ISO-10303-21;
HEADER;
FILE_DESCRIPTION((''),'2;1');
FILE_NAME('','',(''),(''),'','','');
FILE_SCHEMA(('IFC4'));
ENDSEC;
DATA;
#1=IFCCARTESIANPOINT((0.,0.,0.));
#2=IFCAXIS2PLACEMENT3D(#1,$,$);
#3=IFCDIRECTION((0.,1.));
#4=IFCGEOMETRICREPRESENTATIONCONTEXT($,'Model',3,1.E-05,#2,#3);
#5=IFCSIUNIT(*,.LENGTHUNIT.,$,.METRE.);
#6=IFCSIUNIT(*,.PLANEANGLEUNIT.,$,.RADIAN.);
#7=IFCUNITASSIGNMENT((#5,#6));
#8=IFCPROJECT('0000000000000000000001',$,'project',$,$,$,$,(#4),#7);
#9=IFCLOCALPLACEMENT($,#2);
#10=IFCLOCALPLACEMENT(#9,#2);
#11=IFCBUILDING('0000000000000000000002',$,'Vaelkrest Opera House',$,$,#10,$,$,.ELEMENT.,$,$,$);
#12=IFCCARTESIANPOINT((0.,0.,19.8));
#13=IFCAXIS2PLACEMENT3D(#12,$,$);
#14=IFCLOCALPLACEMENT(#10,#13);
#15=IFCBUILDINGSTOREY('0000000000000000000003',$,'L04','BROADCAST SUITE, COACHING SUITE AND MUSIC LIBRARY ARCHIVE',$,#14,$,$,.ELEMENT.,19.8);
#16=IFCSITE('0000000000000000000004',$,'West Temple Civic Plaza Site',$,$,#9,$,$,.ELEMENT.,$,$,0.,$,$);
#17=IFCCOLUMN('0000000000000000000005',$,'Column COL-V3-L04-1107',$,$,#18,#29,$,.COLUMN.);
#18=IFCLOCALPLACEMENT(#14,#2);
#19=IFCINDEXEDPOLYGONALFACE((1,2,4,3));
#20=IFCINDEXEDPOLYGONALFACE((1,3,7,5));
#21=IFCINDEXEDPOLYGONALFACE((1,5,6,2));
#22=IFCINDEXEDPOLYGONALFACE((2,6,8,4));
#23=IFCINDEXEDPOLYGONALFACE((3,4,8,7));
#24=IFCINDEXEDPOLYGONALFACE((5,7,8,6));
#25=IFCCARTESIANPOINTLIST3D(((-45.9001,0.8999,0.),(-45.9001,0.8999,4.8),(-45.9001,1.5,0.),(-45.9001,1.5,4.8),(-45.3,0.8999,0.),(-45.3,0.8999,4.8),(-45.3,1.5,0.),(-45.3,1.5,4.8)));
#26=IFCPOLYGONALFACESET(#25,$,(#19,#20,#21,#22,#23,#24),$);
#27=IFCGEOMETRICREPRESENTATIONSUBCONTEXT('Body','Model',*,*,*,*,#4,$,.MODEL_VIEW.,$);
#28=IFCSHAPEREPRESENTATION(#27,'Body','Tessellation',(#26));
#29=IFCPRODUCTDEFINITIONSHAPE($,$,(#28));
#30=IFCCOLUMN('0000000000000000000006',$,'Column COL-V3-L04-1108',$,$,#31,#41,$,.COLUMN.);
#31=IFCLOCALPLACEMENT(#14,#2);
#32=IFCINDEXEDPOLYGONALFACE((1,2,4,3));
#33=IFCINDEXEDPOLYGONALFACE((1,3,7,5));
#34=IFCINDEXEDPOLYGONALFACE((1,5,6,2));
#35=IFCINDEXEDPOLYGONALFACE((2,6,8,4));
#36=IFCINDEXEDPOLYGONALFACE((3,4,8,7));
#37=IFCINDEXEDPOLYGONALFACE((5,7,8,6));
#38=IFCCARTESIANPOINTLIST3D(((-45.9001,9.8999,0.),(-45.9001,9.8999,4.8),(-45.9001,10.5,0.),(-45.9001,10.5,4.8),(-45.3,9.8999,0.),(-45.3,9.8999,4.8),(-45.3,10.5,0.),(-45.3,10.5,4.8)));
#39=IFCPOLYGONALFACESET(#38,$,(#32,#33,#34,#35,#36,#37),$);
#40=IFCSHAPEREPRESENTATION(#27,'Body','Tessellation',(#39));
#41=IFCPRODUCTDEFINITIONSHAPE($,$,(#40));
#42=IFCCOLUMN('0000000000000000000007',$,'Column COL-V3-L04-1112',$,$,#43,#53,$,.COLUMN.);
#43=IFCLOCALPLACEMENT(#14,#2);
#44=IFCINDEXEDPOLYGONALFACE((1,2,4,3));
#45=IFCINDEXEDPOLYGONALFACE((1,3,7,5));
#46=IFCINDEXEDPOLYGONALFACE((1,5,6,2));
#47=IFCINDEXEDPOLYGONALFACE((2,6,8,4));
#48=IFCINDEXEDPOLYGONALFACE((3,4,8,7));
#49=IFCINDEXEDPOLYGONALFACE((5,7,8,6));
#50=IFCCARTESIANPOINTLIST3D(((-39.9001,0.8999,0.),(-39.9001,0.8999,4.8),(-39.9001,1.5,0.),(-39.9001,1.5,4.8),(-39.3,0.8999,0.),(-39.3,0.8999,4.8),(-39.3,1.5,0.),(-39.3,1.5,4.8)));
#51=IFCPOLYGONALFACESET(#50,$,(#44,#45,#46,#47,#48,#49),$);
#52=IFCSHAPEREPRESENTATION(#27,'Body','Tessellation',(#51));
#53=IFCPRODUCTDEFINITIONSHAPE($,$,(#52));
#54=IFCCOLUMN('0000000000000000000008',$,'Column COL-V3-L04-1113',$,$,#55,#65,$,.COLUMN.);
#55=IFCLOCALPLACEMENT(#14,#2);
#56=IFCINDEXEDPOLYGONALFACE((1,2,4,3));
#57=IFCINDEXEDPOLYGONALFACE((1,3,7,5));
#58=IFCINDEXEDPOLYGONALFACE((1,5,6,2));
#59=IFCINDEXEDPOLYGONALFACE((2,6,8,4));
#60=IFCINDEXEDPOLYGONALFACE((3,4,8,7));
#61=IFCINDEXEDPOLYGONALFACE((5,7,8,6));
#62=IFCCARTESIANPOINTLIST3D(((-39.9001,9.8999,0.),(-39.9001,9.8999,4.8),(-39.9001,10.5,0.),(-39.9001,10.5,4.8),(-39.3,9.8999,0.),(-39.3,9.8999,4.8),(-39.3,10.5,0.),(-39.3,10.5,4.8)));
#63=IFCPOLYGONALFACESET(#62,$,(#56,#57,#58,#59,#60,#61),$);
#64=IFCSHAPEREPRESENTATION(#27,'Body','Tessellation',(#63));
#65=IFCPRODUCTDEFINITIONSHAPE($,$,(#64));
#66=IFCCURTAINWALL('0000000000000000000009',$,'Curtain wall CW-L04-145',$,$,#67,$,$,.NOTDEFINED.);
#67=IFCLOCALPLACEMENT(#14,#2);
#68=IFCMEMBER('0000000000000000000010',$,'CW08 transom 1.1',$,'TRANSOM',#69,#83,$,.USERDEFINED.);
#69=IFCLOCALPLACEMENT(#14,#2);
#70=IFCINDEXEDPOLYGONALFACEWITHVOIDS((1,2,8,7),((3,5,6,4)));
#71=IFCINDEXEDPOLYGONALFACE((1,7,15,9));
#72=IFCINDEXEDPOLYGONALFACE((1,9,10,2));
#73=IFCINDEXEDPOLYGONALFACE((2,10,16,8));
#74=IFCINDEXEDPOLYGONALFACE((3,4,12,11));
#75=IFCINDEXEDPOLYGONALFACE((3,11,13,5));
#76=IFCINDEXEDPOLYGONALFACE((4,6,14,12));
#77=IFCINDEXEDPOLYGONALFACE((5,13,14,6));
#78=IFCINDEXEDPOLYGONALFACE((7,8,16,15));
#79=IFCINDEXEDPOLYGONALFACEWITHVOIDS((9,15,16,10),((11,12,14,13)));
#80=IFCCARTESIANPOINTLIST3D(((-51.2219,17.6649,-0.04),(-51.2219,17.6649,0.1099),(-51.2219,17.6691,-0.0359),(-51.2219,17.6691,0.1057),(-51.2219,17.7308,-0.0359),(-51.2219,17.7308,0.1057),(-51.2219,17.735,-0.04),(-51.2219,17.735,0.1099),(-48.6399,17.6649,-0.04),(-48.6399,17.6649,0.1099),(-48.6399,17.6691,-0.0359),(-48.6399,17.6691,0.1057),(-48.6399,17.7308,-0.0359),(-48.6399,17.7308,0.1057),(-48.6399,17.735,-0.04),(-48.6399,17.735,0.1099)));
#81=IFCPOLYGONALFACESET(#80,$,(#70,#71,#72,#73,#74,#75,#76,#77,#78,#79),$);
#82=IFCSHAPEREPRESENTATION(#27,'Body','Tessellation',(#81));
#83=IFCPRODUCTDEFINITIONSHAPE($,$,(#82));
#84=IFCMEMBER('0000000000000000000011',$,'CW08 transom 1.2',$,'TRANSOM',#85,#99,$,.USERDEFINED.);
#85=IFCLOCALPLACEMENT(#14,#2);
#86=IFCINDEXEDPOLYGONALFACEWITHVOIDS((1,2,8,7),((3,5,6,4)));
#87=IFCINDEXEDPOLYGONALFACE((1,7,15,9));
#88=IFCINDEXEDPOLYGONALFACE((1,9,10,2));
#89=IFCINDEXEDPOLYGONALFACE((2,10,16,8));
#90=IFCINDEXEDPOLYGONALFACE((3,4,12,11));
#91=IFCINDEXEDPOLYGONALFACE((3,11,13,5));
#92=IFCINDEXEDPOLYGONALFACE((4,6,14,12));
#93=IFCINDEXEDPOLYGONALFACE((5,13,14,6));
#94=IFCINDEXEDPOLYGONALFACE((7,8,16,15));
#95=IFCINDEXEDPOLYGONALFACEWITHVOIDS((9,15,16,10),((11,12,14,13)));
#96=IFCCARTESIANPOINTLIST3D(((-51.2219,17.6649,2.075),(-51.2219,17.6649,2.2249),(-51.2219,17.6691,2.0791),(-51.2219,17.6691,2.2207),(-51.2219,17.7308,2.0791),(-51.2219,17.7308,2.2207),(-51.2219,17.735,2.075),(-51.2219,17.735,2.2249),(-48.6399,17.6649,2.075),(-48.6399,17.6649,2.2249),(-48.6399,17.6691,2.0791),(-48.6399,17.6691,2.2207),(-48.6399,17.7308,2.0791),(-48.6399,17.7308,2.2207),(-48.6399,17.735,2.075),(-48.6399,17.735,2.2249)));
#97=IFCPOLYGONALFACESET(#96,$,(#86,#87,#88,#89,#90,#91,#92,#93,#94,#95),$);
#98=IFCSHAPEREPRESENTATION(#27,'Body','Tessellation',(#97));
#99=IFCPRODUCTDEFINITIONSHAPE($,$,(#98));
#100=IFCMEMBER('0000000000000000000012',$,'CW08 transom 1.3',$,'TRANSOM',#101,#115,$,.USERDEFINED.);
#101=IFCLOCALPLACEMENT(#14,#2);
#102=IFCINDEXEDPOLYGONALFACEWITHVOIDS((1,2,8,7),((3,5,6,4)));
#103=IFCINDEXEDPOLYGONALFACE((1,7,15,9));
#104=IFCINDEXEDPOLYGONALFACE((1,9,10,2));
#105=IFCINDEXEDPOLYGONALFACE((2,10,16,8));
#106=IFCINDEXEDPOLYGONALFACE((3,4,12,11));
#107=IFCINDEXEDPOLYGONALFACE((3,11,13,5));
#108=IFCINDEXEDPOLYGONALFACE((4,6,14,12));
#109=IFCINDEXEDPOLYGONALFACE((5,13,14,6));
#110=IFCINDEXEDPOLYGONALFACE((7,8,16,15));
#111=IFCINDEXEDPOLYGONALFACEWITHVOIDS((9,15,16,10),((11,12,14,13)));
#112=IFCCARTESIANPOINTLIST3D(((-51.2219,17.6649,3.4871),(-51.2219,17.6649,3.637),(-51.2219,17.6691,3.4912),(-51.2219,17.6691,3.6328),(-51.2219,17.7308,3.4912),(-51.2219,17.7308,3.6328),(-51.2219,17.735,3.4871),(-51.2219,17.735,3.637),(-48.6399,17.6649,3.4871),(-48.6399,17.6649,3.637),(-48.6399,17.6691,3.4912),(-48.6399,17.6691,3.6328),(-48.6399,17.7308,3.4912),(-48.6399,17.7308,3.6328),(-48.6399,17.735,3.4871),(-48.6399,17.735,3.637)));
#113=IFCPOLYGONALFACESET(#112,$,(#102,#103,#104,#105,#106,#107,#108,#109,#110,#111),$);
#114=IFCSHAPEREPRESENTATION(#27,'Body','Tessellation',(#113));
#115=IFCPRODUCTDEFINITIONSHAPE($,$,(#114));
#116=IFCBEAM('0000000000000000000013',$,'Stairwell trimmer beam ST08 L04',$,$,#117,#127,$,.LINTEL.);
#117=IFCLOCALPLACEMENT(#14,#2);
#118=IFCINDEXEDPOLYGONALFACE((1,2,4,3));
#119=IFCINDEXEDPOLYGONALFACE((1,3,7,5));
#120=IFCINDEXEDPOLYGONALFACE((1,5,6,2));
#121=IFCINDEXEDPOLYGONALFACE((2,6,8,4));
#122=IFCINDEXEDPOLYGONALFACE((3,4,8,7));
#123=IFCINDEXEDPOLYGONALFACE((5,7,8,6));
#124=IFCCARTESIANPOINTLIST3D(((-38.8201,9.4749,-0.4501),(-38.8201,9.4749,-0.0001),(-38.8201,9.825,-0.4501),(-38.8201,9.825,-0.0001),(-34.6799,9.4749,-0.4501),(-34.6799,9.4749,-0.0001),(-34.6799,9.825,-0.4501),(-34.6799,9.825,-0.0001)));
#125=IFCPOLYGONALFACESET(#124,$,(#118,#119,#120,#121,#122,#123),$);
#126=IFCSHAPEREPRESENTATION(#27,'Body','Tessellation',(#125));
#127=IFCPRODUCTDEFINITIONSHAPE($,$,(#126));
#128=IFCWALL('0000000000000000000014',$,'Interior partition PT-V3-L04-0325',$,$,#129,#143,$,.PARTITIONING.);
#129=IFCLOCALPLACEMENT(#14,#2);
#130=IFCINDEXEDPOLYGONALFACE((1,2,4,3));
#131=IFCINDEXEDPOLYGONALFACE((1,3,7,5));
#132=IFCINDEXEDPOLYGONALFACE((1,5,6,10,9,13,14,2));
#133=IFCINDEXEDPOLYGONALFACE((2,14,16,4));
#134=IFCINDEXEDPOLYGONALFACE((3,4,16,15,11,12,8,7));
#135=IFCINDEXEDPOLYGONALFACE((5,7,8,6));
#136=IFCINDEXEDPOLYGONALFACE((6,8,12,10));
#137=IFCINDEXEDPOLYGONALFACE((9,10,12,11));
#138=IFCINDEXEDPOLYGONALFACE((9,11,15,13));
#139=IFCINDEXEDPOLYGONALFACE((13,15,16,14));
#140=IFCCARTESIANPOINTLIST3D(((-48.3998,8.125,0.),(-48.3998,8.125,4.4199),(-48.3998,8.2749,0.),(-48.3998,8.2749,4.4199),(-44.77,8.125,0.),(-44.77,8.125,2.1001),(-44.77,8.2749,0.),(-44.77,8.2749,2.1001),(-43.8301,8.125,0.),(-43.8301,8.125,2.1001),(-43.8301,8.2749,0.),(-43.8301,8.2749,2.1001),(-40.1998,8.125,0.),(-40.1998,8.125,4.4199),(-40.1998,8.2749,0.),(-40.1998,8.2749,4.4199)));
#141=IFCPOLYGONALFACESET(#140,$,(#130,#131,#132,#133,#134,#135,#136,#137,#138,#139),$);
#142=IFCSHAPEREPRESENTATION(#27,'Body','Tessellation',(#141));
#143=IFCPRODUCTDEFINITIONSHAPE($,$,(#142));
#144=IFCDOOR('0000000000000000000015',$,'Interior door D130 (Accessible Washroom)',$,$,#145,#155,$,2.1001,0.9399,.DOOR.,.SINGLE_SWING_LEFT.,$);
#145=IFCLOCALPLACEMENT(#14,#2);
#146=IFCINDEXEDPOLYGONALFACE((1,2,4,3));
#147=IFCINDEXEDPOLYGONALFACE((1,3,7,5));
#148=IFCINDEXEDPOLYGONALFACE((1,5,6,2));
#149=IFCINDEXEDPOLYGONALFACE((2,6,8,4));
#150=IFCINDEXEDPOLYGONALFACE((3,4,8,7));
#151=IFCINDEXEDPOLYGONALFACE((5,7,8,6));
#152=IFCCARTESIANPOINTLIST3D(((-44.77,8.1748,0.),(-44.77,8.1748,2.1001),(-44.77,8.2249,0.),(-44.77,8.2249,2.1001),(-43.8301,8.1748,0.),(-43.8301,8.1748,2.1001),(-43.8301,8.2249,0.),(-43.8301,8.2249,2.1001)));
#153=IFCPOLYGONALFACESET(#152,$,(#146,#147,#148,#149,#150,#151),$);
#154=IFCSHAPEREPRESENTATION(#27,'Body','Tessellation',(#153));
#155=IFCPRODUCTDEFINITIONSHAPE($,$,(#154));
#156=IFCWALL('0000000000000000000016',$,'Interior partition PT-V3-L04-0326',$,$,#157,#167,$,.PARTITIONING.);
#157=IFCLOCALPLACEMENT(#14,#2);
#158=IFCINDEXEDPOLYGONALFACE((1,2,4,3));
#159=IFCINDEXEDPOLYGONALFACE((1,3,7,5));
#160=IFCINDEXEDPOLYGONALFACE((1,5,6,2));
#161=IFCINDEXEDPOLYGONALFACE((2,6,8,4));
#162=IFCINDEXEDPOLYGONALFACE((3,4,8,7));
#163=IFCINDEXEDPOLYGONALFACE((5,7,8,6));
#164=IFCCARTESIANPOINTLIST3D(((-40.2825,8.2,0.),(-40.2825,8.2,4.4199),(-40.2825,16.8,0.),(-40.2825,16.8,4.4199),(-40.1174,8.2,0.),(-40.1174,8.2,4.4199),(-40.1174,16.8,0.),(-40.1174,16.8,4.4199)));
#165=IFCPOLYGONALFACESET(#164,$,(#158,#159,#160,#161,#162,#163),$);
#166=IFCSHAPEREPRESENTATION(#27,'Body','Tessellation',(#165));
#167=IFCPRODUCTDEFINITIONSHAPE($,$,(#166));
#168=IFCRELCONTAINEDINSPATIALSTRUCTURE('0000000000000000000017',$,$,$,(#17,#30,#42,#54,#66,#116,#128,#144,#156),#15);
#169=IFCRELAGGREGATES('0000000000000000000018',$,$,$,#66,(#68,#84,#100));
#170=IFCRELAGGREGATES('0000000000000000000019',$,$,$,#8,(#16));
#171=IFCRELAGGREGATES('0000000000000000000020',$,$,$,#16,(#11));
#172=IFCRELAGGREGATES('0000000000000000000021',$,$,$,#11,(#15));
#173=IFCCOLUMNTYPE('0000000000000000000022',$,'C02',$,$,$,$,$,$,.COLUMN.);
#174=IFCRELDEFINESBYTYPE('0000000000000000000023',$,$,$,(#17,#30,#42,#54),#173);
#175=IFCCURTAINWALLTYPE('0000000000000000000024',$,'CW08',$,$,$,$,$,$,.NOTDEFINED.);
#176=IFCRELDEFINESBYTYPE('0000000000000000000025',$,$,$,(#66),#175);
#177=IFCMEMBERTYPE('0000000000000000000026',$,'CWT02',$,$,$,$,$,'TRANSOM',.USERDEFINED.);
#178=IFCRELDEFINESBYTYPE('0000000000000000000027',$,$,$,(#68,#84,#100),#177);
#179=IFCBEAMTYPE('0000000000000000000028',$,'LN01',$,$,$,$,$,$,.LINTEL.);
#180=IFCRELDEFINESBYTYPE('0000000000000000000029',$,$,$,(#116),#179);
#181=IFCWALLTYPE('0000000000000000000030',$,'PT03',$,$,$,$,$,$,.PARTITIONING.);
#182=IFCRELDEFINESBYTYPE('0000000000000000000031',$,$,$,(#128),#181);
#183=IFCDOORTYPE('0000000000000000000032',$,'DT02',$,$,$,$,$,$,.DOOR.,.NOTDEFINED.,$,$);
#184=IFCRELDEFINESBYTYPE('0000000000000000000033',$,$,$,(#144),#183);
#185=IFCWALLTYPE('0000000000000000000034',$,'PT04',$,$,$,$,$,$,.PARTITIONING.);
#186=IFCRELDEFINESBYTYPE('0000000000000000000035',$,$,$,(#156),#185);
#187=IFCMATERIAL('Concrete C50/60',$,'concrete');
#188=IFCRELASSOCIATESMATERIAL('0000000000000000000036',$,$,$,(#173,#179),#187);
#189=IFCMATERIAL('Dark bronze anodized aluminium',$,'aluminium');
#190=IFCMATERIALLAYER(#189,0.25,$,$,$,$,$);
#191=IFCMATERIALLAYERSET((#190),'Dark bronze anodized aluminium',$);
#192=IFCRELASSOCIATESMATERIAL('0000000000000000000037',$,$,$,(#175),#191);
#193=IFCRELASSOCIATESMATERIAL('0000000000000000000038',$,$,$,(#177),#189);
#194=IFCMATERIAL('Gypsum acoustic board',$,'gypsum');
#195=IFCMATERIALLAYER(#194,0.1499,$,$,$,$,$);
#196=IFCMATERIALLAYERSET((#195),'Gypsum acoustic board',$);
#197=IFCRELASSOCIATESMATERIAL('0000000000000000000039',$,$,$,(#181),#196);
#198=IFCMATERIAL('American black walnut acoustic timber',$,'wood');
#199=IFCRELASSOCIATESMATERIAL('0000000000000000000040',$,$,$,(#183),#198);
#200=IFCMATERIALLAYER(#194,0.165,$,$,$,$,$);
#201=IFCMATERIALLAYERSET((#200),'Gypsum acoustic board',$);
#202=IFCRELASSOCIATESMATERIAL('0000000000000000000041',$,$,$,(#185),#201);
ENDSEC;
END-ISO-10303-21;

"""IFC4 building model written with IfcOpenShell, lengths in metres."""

from ifc_helpers import new_model, si_unit, direction, frame, frame_2d, origin, origin_2d, place, context, subcontext, project, spatial, rectangle, hollow_rectangle, extrude, material, layer, layer_set, material_profile, profile_set, type_object, element, fill, aggregate, save


model = new_model("IFC4")

# Units and contexts
model_context = context("Model", 3, precision=1e-05, world=origin(), true_north=direction((0.0, 1.0)))
body_context = subcontext(model_context, "Body", "Model", "MODEL_VIEW")
ifc_project = project(units=[si_unit("LENGTHUNIT", "METRE"), si_unit("PLANEANGLEUNIT", "RADIAN")], contexts=[model_context])

# Site, building, storey
site_placement = place(None, origin())
site = spatial("IfcSite", under=ifc_project, at=site_placement, Name="West Temple Civic Plaza Site", CompositionType="ELEMENT", RefElevation=0.0)
building_placement = place(site_placement, origin())
building = spatial("IfcBuilding", under=site, at=building_placement, Name="Vaelkrest Opera House", CompositionType="ELEMENT")
storey_placement = place(building_placement, frame((0.0, 0.0, 19.8)))
storey = spatial("IfcBuildingStorey", under=building, at=storey_placement, Name="L04", Description="BROADCAST SUITE, COACHING SUITE AND MUSIC LIBRARY ARCHIVE", CompositionType="ELEMENT", Elevation=19.8)

# Columns
ifc_material_1 = material(Name="Concrete C50/60", Category="concrete")
ifc_material_profile_1 = material_profile(ifc_material_1, rectangle(XDim=0.6001, YDim=0.6001, at=origin_2d()), Name="RC600X600")
ifc_profile_set_1 = profile_set([ifc_material_profile_1], Name="Concrete C50/60")
column_type = type_object("IfcColumnType", Name="C02", PredefinedType="COLUMN", material=ifc_profile_set_1)
for number, where, z_axis, x_axis, name in (
    (1, (-45.6001, 1.2, 0.0), (0.0, 0.0, 1.0), (1.0, 0.0, 0.0), "Column COL-V3-L04-1107"),
    (2, (-45.6001, 10.2, 0.0), (0.0, 0.0, 1.0), (1.0, 0.0, 0.0), "Column COL-V3-L04-1108"),
    (3, (-39.6001, 1.2, 0.0), (0.0, 0.0, 1.0), (1.0, 0.0, 0.0), "Column COL-V3-L04-1112"),
    (4, (-39.6001, 10.2, 0.0), (0.0, 0.0, 1.0), (1.0, 0.0, 0.0), "Column COL-V3-L04-1113"),
):
    element("IfcColumn", number, at=place(storey_placement, frame(where, z_axis=z_axis, x_axis=x_axis)), inside=storey, type_object=column_type, Name=name, PredefinedType="COLUMN", context=body_context, shape_type="SweptSolid", body=[
        extrude(rectangle(XDim=0.6001, YDim=0.6001, at=origin_2d()), origin(), (0.0, 0.0, 1.0), 4.8),
    ])

# Curtain wall, members
ifc_material_2 = material(Name="Dark bronze anodized aluminium", Category="aluminium")
ifc_layer_1 = layer(ifc_material_2, 0.25)
ifc_layer_set_1 = layer_set([ifc_layer_1], Name="Dark bronze anodized aluminium")
curtain_wall_type = type_object("IfcCurtainWallType", Name="CW08", PredefinedType="NOTDEFINED", material=ifc_layer_set_1)
curtain_wall_placement = place(storey_placement, origin())
curtain_wall = element("IfcCurtainWall", 5, at=curtain_wall_placement, inside=storey, type_object=curtain_wall_type, Name="Curtain wall CW-L04-145", PredefinedType="NOTDEFINED")
ifc_material_profile_2 = material_profile(ifc_material_2, hollow_rectangle(XDim=0.0701, YDim=0.1499, WallThickness=0.0042, at=origin_2d()), Name="CWT70X150")
ifc_profile_set_2 = profile_set([ifc_material_profile_2], Name="Dark bronze anodized aluminium")
member_type = type_object("IfcMemberType", Name="CWT02", ElementType="TRANSOM", PredefinedType="USERDEFINED", material=ifc_profile_set_2)
member_1_placement = place(storey_placement, frame((-51.2219, 17.7, 0.0349), z_axis=(1.0, 0.0, 0.0), x_axis=(0.0, 1.0, 0.0)))
member_1 = element("IfcMember", 6, at=member_1_placement, type_object=member_type, Name="CW08 transom 1.1", ObjectType="TRANSOM", PredefinedType="USERDEFINED", context=body_context, shape_type="SweptSolid", body=[
    extrude(hollow_rectangle(XDim=0.0701, YDim=0.1499, WallThickness=0.0042, at=origin_2d()), origin(), (0.0, 0.0, 1.0), 2.582),
])
member_2_placement = place(storey_placement, frame((-51.2219, 17.7, 2.1499), z_axis=(1.0, 0.0, 0.0), x_axis=(0.0, 1.0, 0.0)))
member_2 = element("IfcMember", 7, at=member_2_placement, type_object=member_type, Name="CW08 transom 1.2", ObjectType="TRANSOM", PredefinedType="USERDEFINED", context=body_context, shape_type="SweptSolid", body=[
    extrude(hollow_rectangle(XDim=0.0701, YDim=0.1499, WallThickness=0.0042, at=origin_2d()), origin(), (0.0, 0.0, 1.0), 2.582),
])
member_3_placement = place(storey_placement, frame((-51.2219, 17.7, 3.562), z_axis=(1.0, 0.0, 0.0), x_axis=(0.0, 1.0, 0.0)))
member_3 = element("IfcMember", 8, at=member_3_placement, type_object=member_type, Name="CW08 transom 1.3", ObjectType="TRANSOM", PredefinedType="USERDEFINED", context=body_context, shape_type="SweptSolid", body=[
    extrude(hollow_rectangle(XDim=0.0701, YDim=0.1499, WallThickness=0.0042, at=origin_2d()), origin(), (0.0, 0.0, 1.0), 2.582),
])
aggregate(curtain_wall, [member_1, member_2, member_3])

# Beam
ifc_material_profile_3 = material_profile(ifc_material_1, rectangle(XDim=0.3501, YDim=0.45, at=origin_2d()), Name="RCB350X450")
ifc_profile_set_3 = profile_set([ifc_material_profile_3], Name="Concrete C50/60")
beam_type = type_object("IfcBeamType", Name="LN01", PredefinedType="LINTEL", material=ifc_profile_set_3)
beam_placement = place(storey_placement, frame((-38.8201, 9.6499, -0.2251), z_axis=(1.0, 0.0, 0.0), x_axis=(0.0, 1.0, 0.0)))
element("IfcBeam", 9, at=beam_placement, inside=storey, type_object=beam_type, Name="Stairwell trimmer beam ST08 L04", PredefinedType="LINTEL", context=body_context, shape_type="SweptSolid", body=[
    extrude(rectangle(XDim=0.3501, YDim=0.45, at=origin_2d()), origin(), (0.0, 0.0, 1.0), 4.1401),
])

# Wall, opening, door
ifc_material_3 = material(Name="Gypsum acoustic board", Category="gypsum")
ifc_layer_2 = layer(ifc_material_3, 0.1499)
ifc_layer_set_2 = layer_set([ifc_layer_2], Name="Gypsum acoustic board")
wall_type_1 = type_object("IfcWallType", Name="PT03", PredefinedType="PARTITIONING", material=ifc_layer_set_2)
wall_1_placement = place(storey_placement, frame((-48.3999, 8.2, 0.0), z_axis=(0.0, 0.0, 1.0), x_axis=(1.0, 0.0, 0.0)))
wall_1 = element("IfcWall", 10, at=wall_1_placement, inside=storey, type_object=wall_type_1, Name="Interior partition PT-V3-L04-0325", PredefinedType="PARTITIONING", context=body_context, shape_type="SweptSolid", body=[
    extrude(rectangle(XDim=8.2, YDim=0.1499, at=frame_2d((4.1001, 0.0))), origin(), (0.0, 0.0, 1.0), 4.4199),
])
opening_1_placement = place(wall_1_placement, frame((3.6299, 0.0, 0.0)))
opening_1 = element("IfcOpeningElement", 11, at=opening_1_placement, cuts=wall_1, PredefinedType="OPENING", context=body_context, shape_type="SweptSolid", body=[
    extrude(rectangle(XDim=0.9399, YDim=2.1001, at=frame_2d((0.47, 1.05))), frame((0.0, 0.085, 0.0), z_axis=(0.0, -1.0, 0.0), x_axis=(1.0, 0.0, 0.0)), (0.0, 0.0, 1.0), 0.1699),
])
ifc_material_4 = material(Name="American black walnut acoustic timber", Category="wood")
door_type_1 = type_object("IfcDoorType", Name="DT02", OperationType="NOTDEFINED", PredefinedType="DOOR", material=ifc_material_4)
door_1_placement = place(opening_1_placement, origin())
door_1 = element("IfcDoor", 12, at=door_1_placement, inside=storey, type_object=door_type_1, Name="Interior door D130 (Accessible Washroom)", OperationType="SINGLE_SWING_LEFT", OverallHeight=2.1001, OverallWidth=0.9399, PredefinedType="DOOR", context=body_context, shape_type="SweptSolid", body=[
    extrude(rectangle(XDim=0.9399, YDim=2.1001, at=frame_2d((0.47, 1.05))), frame((0.0, 0.0249, 0.0), z_axis=(0.0, -1.0, 0.0), x_axis=(1.0, 0.0, 0.0)), (0.0, 0.0, 1.0), 0.05),
])
fill(opening_1, door_1)

# Wall
ifc_layer_3 = layer(ifc_material_3, 0.165)
ifc_layer_set_3 = layer_set([ifc_layer_3], Name="Gypsum acoustic board")
wall_type_2 = type_object("IfcWallType", Name="PT04", PredefinedType="PARTITIONING", material=ifc_layer_set_3)
wall_2_placement = place(storey_placement, frame((-40.2, 8.2, 0.0), z_axis=(0.0, 0.0, 1.0), x_axis=(0.0, 1.0, 0.0)))
element("IfcWall", 13, at=wall_2_placement, inside=storey, type_object=wall_type_2, Name="Interior partition PT-V3-L04-0326", PredefinedType="PARTITIONING", context=body_context, shape_type="SweptSolid", body=[
    extrude(rectangle(XDim=8.6001, YDim=0.165, at=frame_2d((4.3, 0.0))), origin(), (0.0, 0.0, 1.0), 4.4199),
])

save(model, "model.ifc")
